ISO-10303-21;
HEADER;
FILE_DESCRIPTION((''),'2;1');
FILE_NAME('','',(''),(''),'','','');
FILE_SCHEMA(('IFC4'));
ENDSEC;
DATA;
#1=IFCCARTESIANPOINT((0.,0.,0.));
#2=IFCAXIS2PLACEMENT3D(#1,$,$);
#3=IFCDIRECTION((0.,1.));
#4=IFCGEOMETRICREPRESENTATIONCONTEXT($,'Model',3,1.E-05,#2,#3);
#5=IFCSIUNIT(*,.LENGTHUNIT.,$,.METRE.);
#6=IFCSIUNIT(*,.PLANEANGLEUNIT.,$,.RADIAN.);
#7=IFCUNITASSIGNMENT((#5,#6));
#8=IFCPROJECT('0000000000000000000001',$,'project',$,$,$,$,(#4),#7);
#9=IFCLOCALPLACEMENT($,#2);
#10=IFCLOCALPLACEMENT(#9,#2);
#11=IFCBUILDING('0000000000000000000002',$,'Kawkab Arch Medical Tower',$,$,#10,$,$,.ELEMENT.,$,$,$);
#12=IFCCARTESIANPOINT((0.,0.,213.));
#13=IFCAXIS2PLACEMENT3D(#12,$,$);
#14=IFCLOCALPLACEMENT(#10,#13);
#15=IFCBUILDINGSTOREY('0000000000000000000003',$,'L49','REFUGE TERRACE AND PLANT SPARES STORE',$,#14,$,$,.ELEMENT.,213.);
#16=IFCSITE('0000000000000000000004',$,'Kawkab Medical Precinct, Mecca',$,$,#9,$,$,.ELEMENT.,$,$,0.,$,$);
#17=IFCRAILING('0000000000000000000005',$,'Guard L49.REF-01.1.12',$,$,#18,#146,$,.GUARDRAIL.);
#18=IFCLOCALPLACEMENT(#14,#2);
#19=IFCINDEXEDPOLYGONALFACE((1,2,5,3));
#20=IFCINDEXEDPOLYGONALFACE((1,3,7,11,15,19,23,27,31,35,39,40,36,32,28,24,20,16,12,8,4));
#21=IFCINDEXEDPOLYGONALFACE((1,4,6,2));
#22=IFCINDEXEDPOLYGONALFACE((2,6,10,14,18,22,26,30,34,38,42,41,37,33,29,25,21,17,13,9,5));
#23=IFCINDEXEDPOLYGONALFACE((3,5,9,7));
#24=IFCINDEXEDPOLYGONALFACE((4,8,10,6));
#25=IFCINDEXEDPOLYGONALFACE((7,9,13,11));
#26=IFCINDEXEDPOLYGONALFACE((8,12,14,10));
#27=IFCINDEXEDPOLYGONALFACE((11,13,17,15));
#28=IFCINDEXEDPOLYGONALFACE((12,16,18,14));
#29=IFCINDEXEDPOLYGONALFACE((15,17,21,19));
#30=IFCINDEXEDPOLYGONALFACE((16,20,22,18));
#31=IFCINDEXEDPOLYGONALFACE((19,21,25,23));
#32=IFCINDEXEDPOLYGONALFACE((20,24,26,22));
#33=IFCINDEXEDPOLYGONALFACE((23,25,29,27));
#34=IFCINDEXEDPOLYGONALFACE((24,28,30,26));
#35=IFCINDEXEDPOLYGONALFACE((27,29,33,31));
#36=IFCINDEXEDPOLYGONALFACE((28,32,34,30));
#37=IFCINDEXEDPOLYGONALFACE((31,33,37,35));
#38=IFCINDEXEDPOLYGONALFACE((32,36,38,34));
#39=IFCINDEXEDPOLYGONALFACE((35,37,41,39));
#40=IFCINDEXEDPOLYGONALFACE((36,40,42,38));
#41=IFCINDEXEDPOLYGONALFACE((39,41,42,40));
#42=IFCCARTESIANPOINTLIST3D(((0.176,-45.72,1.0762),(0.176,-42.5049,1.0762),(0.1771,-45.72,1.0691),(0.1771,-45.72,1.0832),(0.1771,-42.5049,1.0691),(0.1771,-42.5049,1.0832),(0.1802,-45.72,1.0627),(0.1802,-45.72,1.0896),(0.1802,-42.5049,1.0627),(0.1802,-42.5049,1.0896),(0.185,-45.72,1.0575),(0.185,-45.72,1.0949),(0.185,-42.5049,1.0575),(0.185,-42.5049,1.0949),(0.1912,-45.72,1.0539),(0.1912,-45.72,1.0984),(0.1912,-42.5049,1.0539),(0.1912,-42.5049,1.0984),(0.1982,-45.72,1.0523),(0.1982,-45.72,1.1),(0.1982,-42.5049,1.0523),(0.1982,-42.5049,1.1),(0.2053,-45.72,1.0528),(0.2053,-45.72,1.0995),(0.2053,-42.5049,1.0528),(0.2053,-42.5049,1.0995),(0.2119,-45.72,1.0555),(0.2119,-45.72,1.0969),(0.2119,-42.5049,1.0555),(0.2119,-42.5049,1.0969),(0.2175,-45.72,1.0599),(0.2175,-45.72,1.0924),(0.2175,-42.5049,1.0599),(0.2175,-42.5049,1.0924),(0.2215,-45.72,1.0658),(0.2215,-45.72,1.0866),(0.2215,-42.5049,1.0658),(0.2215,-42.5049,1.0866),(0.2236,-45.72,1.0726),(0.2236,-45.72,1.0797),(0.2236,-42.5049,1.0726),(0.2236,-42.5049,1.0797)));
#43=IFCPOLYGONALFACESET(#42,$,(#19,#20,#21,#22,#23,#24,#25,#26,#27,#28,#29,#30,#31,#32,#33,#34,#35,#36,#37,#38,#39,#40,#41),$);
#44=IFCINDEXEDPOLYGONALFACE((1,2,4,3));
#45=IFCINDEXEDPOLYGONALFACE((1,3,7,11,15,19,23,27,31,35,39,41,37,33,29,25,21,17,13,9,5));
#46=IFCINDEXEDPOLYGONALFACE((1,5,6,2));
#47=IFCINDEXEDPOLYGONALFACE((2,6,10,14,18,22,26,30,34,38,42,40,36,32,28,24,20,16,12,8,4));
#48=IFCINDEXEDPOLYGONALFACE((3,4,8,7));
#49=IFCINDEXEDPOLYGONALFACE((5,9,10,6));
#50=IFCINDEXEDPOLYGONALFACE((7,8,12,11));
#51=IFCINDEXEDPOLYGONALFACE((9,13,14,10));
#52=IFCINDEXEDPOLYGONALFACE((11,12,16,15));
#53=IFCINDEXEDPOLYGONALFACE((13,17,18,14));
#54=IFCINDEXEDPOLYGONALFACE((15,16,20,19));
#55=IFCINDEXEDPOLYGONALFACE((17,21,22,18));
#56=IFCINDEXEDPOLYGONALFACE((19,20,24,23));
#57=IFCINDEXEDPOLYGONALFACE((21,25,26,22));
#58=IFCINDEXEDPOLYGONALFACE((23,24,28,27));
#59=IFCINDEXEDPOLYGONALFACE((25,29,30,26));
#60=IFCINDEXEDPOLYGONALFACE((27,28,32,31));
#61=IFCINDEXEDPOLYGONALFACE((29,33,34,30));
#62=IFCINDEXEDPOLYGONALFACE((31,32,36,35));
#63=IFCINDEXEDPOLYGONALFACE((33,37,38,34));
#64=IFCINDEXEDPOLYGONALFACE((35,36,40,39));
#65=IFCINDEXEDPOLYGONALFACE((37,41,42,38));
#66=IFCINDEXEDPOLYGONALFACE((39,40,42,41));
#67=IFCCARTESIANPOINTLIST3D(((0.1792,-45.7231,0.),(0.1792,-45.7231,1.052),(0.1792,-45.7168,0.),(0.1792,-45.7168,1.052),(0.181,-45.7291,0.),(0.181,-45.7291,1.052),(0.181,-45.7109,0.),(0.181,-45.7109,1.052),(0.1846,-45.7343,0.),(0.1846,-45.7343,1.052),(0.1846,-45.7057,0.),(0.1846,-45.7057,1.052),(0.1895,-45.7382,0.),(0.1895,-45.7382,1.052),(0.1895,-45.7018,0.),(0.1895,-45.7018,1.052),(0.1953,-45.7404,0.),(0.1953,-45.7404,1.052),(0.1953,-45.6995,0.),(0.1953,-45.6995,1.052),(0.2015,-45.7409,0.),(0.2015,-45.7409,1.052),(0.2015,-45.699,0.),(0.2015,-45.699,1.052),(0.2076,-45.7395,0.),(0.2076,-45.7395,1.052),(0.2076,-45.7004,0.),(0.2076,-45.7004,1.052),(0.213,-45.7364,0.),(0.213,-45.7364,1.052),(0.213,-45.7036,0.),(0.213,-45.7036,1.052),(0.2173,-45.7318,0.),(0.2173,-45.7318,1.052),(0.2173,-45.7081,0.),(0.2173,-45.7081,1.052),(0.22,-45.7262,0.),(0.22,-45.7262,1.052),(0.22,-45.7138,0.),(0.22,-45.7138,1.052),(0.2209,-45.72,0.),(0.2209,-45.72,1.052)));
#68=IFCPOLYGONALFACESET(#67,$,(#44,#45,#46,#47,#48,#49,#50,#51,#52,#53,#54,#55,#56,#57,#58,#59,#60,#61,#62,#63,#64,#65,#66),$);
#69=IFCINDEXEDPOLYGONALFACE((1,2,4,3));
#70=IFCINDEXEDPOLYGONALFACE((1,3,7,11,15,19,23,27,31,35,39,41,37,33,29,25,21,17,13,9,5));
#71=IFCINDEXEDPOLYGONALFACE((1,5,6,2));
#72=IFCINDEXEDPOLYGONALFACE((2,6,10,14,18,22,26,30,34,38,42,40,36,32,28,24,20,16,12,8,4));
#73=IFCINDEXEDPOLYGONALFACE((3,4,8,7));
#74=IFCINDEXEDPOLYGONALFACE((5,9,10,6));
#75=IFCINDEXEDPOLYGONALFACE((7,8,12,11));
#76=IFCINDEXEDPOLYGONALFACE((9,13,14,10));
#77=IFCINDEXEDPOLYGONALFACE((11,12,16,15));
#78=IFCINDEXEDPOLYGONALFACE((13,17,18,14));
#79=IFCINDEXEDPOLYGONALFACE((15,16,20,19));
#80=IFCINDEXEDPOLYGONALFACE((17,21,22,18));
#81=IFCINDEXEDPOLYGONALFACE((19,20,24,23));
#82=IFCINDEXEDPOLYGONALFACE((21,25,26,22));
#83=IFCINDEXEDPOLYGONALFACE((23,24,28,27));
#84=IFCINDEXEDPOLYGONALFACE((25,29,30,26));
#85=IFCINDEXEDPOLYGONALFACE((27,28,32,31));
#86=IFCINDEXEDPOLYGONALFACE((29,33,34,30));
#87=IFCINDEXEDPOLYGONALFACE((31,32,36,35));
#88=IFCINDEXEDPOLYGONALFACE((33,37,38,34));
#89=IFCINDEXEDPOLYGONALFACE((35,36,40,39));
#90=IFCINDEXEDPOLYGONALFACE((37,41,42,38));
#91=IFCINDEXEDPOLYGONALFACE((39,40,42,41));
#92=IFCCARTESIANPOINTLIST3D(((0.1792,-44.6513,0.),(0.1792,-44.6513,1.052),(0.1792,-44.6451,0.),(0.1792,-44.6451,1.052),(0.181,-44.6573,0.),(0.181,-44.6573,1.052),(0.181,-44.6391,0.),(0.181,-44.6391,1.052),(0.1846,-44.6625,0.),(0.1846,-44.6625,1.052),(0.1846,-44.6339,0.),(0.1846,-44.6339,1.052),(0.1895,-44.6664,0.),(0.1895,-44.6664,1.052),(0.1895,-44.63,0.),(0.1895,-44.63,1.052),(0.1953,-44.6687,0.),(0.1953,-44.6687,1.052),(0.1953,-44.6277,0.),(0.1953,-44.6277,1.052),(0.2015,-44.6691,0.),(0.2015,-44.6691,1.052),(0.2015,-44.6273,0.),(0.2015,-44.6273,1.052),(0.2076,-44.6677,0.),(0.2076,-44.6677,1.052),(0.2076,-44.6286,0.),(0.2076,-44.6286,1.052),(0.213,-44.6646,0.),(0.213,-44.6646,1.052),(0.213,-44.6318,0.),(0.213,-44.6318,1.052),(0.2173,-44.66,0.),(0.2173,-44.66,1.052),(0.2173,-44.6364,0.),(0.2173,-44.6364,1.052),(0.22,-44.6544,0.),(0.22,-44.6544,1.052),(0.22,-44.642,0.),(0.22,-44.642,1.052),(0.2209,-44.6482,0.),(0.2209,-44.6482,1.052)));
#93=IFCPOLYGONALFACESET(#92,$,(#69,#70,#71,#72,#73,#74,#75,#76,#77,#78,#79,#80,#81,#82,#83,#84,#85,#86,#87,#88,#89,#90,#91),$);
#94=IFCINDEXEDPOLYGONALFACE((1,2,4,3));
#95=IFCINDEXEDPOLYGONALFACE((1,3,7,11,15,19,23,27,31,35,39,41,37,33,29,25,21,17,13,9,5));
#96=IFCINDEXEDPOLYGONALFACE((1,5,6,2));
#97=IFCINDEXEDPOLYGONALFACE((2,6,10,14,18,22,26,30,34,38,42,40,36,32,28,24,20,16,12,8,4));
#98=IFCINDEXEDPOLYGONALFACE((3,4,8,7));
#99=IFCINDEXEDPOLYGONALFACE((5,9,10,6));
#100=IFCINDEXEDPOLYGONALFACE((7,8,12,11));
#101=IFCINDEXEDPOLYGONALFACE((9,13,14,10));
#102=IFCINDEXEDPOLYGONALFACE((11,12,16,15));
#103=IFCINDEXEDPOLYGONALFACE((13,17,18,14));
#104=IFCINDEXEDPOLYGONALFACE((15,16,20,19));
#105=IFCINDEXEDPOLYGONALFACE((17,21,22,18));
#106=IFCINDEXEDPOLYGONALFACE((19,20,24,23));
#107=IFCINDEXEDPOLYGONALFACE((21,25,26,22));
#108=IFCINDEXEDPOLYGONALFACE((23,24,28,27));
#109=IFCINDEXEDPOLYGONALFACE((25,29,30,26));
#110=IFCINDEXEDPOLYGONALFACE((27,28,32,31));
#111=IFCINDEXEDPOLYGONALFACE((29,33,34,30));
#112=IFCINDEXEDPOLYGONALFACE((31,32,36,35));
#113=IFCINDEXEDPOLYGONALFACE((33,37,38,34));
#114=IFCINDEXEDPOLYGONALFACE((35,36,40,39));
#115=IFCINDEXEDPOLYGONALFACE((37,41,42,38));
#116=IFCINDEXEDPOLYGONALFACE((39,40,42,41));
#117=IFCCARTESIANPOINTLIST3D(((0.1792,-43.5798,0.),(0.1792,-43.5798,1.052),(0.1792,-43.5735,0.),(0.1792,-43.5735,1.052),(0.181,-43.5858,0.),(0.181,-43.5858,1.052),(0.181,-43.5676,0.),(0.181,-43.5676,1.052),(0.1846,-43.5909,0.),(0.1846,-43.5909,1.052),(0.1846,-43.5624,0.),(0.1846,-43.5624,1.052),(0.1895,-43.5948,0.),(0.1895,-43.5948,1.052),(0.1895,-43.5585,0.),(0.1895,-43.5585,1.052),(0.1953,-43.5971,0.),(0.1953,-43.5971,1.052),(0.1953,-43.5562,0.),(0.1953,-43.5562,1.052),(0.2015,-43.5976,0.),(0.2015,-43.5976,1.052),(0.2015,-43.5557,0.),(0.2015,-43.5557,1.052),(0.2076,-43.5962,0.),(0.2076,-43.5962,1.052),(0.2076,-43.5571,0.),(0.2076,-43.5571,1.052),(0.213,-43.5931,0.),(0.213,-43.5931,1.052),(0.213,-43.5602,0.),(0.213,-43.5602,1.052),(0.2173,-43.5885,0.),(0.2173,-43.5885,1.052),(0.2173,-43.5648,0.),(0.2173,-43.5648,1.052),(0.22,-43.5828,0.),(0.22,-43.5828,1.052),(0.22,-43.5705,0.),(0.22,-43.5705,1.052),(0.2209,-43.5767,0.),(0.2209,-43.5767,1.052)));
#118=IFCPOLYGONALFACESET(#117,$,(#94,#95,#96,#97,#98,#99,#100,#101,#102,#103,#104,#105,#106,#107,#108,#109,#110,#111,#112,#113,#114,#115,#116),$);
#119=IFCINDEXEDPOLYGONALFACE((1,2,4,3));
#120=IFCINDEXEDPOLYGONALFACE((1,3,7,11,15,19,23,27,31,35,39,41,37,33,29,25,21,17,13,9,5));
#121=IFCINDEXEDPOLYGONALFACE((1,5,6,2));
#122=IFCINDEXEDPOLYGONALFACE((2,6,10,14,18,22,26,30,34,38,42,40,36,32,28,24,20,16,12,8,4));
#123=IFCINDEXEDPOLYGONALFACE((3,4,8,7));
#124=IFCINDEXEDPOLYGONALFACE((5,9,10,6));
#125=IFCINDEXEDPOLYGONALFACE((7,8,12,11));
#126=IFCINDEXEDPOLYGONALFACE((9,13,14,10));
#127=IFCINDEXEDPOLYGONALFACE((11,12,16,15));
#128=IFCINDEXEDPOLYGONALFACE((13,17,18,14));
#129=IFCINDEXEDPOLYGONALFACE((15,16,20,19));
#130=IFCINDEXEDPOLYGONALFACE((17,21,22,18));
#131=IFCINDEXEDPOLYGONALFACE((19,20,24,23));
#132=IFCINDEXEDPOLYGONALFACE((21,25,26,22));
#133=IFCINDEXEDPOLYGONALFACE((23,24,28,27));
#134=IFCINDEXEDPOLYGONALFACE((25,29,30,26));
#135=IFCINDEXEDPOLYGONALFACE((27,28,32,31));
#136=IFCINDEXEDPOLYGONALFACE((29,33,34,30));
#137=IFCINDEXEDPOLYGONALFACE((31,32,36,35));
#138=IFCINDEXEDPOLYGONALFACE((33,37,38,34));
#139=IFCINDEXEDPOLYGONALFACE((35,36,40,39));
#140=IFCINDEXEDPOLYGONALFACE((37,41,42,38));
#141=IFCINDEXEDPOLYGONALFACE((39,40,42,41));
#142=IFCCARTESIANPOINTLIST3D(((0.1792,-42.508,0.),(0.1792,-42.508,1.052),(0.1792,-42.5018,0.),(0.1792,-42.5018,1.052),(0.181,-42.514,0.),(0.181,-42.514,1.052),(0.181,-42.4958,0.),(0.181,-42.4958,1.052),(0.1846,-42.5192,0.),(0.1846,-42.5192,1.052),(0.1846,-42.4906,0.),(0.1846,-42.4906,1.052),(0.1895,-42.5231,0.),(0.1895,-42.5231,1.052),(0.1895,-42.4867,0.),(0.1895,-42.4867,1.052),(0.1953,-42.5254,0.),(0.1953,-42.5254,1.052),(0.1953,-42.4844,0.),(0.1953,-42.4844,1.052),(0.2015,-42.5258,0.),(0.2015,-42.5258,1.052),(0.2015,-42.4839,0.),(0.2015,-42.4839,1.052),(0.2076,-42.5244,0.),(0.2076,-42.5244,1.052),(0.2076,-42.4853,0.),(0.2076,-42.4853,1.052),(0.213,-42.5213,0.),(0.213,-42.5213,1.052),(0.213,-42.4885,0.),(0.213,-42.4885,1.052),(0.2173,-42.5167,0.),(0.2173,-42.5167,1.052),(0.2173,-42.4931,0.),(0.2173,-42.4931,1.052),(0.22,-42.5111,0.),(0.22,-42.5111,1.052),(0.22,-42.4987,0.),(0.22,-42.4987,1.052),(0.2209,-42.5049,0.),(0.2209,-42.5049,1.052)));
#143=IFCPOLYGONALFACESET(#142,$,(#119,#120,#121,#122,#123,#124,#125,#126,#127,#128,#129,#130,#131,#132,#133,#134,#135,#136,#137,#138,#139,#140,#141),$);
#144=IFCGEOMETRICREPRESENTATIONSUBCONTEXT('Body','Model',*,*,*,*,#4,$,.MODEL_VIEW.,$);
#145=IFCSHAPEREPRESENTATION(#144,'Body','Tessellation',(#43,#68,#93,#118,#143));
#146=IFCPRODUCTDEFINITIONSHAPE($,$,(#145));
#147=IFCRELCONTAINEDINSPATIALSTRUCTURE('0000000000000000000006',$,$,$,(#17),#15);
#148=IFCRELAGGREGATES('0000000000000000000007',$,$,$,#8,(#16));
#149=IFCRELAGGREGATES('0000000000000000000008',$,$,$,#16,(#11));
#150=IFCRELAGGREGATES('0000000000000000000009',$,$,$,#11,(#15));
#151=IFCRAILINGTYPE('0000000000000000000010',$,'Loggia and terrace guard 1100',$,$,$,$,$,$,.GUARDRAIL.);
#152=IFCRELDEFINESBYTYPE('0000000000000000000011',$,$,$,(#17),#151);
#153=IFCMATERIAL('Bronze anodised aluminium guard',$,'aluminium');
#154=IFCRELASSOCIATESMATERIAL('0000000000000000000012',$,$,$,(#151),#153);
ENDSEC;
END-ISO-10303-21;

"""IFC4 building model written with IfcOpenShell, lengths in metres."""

from ifc_helpers import new_model, si_unit, direction, frame, origin, origin_2d, place, context, subcontext, project, spatial, circle, extrude, material, type_object, element, save


model = new_model("IFC4")

# Units and contexts
model_context = context("Model", 3, precision=1e-05, world=origin(), true_north=direction((0.0, 1.0)))
body_context = subcontext(model_context, "Body", "Model", "MODEL_VIEW")
ifc_project = project(units=[si_unit("LENGTHUNIT", "METRE"), si_unit("PLANEANGLEUNIT", "RADIAN")], contexts=[model_context])

# Site, building, storey
site_placement = place(None, origin())
site = spatial("IfcSite", under=ifc_project, at=site_placement, Name="Kawkab Medical Precinct, Mecca", CompositionType="ELEMENT", RefElevation=0.0)
building_placement = place(site_placement, origin())
building = spatial("IfcBuilding", under=site, at=building_placement, Name="Kawkab Arch Medical Tower", CompositionType="ELEMENT")
storey_placement = place(building_placement, frame((0.0, 0.0, 213.0)))
storey = spatial("IfcBuildingStorey", under=building, at=storey_placement, Name="L49", Description="REFUGE TERRACE AND PLANT SPARES STORE", CompositionType="ELEMENT", Elevation=213.0)

# Railing
ifc_material_1 = material(Name="Bronze anodised aluminium guard", Category="aluminium")
railing_type = type_object("IfcRailingType", Name="Loggia and terrace guard 1100", PredefinedType="GUARDRAIL", material=ifc_material_1)
railing_1_placement = place(storey_placement, frame((0.2, -45.72, 0.0)))
element("IfcRailing", 1, at=railing_1_placement, inside=storey, type_object=railing_type, Name="Guard L49.REF-01.1.12", PredefinedType="GUARDRAIL", context=body_context, shape_type="SweptSolid", body=[
    extrude(circle(Radius=0.0239, at=origin_2d()), frame((0.0, 0.0, 1.0762), z_axis=(0.0, 1.0, 0.0), x_axis=(-1.0, 0.0, 0.0)), (0.0, 0.0, 1.0), 3.2151),
    extrude(circle(Radius=0.021, at=origin_2d()), origin(), (0.0, 0.0, 1.0), 1.052),
    extrude(circle(Radius=0.021, at=origin_2d()), frame((0.0, 1.0718, 0.0)), (0.0, 0.0, 1.0), 1.052),
    extrude(circle(Radius=0.021, at=origin_2d()), frame((0.0, 2.1433, 0.0)), (0.0, 0.0, 1.0), 1.052),
    extrude(circle(Radius=0.021, at=origin_2d()), frame((0.0, 3.2151, 0.0)), (0.0, 0.0, 1.0), 1.052),
])

save(model, "model.ifc")
